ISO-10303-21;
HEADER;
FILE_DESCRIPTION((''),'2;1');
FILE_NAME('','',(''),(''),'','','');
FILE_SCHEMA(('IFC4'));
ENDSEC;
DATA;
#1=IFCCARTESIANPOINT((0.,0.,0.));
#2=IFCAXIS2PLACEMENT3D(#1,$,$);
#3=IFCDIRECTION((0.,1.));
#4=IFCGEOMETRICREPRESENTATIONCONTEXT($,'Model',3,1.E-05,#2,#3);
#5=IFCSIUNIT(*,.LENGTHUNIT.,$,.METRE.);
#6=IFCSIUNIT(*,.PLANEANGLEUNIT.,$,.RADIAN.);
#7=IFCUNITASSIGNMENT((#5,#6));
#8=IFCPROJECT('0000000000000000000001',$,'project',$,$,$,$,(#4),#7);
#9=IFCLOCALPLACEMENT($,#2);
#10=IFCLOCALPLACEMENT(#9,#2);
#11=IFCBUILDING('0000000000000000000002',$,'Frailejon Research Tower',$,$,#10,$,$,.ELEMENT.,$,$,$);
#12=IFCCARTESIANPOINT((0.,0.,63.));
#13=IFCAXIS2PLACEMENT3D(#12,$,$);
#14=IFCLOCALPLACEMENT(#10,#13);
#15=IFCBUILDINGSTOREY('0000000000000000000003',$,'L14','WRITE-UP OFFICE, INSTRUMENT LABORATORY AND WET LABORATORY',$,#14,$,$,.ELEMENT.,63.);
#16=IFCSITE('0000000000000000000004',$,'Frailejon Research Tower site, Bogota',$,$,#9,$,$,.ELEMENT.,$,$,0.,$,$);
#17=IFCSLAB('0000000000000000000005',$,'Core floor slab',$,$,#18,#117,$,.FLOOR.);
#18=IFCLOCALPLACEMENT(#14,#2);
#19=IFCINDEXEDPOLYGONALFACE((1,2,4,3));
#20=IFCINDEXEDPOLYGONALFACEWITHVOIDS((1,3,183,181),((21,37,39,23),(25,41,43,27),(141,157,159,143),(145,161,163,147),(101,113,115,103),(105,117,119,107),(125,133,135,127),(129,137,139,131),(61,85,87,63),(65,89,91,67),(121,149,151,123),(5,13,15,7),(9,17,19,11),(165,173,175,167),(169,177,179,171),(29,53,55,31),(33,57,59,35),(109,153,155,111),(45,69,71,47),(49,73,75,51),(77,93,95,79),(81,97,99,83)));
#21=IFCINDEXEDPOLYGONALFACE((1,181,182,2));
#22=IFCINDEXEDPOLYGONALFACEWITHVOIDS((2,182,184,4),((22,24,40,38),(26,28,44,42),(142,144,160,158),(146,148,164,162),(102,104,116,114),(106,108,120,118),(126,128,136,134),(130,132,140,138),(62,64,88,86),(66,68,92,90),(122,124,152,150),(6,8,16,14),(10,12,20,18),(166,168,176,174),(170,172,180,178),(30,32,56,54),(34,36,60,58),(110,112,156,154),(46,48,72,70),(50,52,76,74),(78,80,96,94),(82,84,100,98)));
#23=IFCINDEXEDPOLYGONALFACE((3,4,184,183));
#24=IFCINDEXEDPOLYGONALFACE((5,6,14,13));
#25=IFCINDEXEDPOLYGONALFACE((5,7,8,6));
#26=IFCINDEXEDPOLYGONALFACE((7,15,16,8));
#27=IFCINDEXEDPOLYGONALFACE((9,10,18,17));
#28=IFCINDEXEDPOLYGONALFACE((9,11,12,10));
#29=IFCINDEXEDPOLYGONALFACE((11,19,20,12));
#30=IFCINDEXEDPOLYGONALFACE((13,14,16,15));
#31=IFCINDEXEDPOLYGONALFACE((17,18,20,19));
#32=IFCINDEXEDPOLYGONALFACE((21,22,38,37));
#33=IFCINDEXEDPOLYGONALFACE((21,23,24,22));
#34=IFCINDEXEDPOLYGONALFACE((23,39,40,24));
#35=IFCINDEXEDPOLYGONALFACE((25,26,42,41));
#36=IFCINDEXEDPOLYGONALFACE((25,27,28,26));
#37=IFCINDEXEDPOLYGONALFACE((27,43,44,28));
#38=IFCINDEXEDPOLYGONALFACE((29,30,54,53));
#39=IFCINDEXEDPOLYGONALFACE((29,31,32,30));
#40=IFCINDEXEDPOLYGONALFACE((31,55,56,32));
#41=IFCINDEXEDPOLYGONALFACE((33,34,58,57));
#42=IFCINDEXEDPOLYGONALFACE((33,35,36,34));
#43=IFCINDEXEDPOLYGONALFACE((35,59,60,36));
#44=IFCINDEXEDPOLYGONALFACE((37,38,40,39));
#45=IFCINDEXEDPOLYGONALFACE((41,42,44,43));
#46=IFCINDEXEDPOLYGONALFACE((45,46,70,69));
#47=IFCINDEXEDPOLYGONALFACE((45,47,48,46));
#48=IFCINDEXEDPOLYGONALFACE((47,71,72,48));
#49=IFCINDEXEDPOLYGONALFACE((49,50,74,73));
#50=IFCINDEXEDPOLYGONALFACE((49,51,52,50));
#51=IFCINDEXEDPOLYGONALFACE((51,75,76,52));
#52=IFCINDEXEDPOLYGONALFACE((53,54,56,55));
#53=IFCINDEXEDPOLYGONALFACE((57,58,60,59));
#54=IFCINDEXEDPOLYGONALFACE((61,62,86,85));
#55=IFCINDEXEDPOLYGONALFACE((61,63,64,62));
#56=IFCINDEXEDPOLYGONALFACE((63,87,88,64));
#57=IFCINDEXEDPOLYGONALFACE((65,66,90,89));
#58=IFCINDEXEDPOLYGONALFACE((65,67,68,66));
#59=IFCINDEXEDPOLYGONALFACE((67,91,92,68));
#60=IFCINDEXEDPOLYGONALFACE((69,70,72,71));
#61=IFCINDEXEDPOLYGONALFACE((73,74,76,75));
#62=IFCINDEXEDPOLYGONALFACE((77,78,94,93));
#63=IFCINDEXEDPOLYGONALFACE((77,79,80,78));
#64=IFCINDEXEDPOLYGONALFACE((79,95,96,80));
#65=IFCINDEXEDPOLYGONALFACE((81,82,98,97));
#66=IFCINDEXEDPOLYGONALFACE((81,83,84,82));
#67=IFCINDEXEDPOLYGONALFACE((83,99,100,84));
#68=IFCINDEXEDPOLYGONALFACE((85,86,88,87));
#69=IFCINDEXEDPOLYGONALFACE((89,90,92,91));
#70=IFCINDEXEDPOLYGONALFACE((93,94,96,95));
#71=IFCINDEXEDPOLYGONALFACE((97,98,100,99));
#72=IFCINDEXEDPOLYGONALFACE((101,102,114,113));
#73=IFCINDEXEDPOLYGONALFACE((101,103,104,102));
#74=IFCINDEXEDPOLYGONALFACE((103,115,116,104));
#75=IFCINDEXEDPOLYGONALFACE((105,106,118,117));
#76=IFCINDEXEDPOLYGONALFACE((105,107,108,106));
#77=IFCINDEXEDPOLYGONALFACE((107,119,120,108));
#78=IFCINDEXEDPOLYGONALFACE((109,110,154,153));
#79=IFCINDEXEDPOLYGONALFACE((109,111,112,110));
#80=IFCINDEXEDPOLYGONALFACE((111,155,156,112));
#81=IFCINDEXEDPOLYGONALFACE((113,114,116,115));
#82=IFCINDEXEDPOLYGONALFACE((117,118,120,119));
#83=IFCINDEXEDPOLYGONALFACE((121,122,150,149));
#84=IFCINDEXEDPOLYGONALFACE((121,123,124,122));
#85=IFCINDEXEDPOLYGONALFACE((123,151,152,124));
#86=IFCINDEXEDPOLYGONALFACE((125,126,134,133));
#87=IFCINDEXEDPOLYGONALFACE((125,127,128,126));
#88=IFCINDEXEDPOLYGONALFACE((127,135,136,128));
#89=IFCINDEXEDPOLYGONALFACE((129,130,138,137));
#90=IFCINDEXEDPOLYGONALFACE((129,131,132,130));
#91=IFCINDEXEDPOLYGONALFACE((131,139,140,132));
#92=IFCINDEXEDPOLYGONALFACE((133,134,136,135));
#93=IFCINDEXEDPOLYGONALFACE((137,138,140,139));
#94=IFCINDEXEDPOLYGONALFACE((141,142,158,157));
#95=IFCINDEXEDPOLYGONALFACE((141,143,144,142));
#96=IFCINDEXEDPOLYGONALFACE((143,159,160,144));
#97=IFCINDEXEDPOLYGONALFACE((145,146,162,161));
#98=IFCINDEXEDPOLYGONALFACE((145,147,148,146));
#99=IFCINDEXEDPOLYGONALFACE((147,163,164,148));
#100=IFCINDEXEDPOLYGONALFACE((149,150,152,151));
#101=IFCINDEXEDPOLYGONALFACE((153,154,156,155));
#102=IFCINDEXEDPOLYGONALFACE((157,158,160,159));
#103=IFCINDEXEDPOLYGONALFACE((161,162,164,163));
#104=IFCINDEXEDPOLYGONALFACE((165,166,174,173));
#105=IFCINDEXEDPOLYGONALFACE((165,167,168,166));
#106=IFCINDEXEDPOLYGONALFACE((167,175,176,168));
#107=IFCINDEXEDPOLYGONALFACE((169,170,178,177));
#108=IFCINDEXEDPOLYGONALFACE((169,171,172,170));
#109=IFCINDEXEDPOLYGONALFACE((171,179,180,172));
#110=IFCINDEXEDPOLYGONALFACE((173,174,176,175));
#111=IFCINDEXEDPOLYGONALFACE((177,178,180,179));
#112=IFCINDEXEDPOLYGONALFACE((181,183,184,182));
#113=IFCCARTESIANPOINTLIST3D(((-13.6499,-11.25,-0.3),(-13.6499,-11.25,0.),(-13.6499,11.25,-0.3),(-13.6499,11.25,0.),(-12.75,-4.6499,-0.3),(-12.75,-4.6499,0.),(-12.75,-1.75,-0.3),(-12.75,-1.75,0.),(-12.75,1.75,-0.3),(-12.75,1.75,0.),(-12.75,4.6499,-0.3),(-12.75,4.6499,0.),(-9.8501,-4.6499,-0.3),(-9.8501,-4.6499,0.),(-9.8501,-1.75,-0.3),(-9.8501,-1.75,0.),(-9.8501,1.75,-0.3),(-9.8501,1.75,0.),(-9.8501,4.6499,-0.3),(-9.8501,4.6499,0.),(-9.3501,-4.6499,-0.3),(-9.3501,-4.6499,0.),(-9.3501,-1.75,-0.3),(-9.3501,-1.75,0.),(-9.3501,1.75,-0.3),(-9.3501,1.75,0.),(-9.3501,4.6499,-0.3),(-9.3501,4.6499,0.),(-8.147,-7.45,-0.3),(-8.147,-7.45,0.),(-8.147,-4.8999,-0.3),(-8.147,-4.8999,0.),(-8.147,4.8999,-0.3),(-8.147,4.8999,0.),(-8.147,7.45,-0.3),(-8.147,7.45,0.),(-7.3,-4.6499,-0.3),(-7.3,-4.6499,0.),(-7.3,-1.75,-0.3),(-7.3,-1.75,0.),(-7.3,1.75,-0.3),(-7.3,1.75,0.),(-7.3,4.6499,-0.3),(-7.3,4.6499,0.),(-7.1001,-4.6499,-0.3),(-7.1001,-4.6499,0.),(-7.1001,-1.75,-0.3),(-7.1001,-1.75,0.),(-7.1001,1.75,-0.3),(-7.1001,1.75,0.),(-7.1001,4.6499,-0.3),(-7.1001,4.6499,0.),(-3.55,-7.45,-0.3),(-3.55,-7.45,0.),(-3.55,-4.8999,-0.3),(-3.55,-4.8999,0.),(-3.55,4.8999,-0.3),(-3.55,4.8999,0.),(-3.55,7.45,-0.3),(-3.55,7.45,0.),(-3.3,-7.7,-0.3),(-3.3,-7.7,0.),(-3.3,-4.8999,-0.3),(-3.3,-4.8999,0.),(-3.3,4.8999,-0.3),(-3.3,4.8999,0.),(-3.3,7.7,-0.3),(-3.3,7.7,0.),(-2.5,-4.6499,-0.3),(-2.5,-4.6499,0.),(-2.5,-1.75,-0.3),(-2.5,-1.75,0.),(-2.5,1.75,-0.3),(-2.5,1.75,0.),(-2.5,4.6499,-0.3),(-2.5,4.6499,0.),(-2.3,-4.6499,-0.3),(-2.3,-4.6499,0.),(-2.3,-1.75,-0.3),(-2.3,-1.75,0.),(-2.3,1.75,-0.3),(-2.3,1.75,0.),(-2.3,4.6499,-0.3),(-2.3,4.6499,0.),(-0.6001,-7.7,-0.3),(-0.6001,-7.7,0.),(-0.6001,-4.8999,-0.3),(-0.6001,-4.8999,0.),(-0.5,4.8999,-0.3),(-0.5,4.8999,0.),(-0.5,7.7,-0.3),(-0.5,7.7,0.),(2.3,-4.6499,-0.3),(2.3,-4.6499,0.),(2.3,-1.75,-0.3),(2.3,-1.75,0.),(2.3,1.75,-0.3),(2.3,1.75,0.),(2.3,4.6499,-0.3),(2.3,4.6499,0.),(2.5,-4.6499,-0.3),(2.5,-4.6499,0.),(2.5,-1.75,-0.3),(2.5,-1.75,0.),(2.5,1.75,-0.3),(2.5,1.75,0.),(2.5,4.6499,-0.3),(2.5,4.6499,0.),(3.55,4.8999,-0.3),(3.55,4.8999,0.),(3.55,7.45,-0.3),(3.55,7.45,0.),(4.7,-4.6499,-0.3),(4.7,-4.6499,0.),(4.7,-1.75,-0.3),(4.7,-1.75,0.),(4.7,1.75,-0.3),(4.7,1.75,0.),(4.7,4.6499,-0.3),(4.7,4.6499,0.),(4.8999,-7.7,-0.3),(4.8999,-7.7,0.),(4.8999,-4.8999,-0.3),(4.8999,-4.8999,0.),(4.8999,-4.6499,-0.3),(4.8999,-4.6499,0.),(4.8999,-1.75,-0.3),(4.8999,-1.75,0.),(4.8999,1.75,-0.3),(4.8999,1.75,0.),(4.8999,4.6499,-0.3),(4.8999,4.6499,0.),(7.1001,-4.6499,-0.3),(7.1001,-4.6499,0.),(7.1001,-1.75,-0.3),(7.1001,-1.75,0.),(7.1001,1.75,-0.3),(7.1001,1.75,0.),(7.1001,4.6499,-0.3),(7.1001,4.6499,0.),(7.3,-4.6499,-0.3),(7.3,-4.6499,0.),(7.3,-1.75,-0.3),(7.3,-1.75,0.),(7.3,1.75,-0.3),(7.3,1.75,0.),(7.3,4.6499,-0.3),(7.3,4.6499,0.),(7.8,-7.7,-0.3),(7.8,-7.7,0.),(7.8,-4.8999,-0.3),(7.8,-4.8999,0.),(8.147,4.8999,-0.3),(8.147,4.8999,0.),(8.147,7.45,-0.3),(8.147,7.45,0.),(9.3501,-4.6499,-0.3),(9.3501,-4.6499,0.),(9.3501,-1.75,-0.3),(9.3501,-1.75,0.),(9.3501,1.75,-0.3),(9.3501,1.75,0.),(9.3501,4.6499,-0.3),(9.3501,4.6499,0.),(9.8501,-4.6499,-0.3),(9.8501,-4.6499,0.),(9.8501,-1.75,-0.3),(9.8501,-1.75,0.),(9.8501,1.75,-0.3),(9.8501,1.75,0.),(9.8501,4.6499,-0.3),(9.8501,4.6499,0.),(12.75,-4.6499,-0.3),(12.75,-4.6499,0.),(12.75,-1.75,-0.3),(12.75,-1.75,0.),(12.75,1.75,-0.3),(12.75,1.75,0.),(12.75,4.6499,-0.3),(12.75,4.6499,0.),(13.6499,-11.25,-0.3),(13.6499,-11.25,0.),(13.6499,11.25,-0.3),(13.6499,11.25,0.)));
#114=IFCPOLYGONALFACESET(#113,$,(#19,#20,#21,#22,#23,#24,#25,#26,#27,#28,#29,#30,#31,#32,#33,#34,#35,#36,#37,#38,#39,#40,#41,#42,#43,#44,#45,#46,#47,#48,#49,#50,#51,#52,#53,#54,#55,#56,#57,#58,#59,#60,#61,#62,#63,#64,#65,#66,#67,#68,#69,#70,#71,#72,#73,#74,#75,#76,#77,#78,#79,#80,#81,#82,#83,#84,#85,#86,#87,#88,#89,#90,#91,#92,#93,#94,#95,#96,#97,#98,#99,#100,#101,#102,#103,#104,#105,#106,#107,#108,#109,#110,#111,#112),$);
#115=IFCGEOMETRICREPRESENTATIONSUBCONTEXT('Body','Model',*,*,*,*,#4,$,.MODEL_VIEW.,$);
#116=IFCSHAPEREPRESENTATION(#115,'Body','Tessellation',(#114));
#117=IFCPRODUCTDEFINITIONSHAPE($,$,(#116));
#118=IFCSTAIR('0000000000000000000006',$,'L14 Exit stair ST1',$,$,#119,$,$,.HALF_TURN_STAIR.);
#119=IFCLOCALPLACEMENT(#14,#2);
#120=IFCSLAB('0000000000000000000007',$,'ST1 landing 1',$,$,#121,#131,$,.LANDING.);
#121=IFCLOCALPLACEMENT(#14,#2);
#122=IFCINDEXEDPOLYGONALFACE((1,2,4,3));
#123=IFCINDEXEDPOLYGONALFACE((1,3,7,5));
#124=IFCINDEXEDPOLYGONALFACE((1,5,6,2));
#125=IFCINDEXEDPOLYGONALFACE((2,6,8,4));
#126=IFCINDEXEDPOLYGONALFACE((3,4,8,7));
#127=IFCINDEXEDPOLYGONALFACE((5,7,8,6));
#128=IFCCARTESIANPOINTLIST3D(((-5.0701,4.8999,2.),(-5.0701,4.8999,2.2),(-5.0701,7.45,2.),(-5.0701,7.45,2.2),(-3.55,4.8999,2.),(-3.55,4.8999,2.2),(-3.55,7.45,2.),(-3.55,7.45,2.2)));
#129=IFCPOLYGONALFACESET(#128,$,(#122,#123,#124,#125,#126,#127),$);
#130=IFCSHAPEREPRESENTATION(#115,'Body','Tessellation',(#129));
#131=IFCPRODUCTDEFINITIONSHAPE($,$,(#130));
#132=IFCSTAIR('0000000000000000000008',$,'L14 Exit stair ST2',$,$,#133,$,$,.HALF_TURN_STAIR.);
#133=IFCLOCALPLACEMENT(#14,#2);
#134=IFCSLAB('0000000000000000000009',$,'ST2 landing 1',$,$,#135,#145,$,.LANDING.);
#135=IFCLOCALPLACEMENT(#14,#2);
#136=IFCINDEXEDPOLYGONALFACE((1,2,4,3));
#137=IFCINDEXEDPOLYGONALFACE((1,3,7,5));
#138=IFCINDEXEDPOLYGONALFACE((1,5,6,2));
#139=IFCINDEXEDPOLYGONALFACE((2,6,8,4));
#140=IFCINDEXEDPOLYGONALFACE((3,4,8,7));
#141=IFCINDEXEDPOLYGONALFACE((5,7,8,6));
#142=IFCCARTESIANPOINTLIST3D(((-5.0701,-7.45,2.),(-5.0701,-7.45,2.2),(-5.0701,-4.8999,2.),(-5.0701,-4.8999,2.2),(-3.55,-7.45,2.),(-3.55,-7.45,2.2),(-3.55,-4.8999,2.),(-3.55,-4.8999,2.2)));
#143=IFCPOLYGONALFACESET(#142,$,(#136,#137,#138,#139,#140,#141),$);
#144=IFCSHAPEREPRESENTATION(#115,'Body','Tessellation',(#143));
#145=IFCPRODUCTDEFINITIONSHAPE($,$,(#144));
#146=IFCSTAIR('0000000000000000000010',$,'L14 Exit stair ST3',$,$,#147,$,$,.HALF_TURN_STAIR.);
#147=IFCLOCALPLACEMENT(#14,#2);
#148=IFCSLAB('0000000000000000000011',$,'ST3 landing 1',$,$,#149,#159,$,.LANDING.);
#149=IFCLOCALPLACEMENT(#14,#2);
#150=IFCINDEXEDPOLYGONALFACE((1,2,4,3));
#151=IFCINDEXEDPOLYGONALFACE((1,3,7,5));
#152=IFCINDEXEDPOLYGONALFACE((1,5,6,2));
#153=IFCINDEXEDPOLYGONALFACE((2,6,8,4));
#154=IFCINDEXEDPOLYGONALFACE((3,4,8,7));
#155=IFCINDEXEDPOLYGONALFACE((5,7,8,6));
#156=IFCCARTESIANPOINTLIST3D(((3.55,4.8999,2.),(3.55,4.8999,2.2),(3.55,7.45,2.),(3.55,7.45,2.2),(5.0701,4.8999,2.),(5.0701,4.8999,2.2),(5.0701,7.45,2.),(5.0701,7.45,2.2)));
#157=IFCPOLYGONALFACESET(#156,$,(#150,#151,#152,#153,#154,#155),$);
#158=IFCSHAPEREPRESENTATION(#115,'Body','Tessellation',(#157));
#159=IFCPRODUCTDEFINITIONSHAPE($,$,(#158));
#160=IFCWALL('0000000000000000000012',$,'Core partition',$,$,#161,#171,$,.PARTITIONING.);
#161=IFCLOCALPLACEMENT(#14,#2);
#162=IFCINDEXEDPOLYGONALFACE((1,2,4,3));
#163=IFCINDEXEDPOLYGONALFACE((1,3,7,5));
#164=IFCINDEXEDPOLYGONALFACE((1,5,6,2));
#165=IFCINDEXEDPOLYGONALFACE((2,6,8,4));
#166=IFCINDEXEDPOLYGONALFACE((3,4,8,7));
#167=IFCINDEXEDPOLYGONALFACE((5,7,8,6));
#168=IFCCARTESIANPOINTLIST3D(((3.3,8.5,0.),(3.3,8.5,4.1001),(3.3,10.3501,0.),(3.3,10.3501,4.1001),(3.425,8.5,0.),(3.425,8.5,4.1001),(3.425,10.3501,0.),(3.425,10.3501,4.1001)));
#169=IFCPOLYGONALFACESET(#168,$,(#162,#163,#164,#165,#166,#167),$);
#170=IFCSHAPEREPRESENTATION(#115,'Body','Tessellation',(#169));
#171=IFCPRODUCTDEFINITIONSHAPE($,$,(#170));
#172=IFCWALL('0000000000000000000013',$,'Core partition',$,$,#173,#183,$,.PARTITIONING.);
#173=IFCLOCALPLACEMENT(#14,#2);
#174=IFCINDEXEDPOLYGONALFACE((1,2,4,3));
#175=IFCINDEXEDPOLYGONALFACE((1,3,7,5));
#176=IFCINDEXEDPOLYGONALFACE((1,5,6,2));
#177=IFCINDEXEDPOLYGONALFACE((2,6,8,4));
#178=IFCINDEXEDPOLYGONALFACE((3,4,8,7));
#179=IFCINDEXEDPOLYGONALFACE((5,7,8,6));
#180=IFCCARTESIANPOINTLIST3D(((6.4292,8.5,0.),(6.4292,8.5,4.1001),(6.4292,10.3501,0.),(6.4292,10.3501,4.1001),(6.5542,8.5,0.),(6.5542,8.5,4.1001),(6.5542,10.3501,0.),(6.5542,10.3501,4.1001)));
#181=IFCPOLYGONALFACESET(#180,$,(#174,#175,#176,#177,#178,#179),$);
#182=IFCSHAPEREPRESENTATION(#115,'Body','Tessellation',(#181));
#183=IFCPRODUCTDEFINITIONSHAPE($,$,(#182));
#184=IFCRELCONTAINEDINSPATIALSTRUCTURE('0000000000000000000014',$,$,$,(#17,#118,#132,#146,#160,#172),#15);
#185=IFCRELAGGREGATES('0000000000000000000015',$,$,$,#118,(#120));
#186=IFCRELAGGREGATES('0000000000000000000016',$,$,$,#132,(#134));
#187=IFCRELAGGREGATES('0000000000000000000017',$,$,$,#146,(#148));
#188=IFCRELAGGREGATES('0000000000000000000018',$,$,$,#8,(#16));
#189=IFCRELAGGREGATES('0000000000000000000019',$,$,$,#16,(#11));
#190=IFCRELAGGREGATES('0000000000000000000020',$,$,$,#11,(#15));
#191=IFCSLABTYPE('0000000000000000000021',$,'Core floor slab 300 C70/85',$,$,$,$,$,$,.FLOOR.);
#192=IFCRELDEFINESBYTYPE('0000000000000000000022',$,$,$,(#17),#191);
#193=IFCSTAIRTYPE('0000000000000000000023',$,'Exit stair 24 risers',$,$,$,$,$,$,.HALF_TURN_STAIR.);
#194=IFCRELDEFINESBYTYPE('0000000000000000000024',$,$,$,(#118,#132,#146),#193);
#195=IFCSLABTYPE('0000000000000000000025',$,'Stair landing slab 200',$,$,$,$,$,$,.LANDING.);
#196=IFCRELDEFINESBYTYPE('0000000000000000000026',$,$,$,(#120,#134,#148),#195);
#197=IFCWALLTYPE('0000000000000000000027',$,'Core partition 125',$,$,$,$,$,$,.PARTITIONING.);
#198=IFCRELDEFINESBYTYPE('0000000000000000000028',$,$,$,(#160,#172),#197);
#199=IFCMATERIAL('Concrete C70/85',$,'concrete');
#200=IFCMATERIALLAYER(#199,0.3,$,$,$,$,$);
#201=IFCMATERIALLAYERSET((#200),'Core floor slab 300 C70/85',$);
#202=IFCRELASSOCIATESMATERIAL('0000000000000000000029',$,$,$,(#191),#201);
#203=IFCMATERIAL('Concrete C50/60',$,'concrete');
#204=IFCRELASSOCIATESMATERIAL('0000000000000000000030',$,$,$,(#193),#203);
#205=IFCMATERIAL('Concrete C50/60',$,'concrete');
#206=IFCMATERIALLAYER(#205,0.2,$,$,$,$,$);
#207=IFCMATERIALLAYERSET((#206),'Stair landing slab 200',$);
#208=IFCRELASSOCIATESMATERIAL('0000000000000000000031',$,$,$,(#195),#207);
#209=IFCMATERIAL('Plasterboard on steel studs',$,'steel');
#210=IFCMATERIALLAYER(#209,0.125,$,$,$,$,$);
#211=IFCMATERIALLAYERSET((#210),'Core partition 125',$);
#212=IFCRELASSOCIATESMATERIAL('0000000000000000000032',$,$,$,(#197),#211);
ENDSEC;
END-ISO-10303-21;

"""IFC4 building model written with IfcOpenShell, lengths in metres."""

from ifc_helpers import new_model, si_unit, direction, frame, frame_2d, origin, place, context, subcontext, project, spatial, polyline, rectangle, outline, extrude, material, layer, layer_set, type_object, element, aggregate, save


model = new_model("IFC4")

# Units and contexts
model_context = context("Model", 3, precision=1e-05, world=origin(), true_north=direction((0.0, 1.0)))
body_context = subcontext(model_context, "Body", "Model", "MODEL_VIEW")
ifc_project = project(units=[si_unit("LENGTHUNIT", "METRE"), si_unit("PLANEANGLEUNIT", "RADIAN")], contexts=[model_context])

# Site, building, storey
site_placement = place(None, origin())
site = spatial("IfcSite", under=ifc_project, at=site_placement, Name="Frailejon Research Tower site, Bogota", CompositionType="ELEMENT", RefElevation=0.0)
building_placement = place(site_placement, origin())
building = spatial("IfcBuilding", under=site, at=building_placement, Name="Frailejon Research Tower", CompositionType="ELEMENT")
storey_placement = place(building_placement, frame((0.0, 0.0, 63.0)))
storey = spatial("IfcBuildingStorey", under=building, at=storey_placement, Name="L14", Description="WRITE-UP OFFICE, INSTRUMENT LABORATORY AND WET LABORATORY", CompositionType="ELEMENT", Elevation=63.0)

# Slab
ifc_material_1 = material(Name="Concrete C70/85", Category="concrete")
ifc_layer_1 = layer(ifc_material_1, 0.3)
ifc_layer_set_1 = layer_set([ifc_layer_1], Name="Core floor slab 300 C70/85")
slab_type_1 = type_object("IfcSlabType", Name="Core floor slab 300 C70/85", PredefinedType="FLOOR", material=ifc_layer_set_1)
slab_1_placement = place(storey_placement, frame((0.0, 0.0, -0.3)))
element("IfcSlab", 1, at=slab_1_placement, inside=storey, type_object=slab_type_1, Name="Core floor slab", PredefinedType="FLOOR", context=body_context, shape_type="SweptSolid", body=[
    extrude(outline(polyline([(13.6499, -11.25), (13.6499, 11.25), (-13.6499, 11.25), (-13.6499, -11.25), (13.6499, -11.25)]), holes=[polyline([(-9.8501, 1.75), (-9.8501, 4.6499), (-12.75, 4.6499), (-12.75, 1.75), (-9.8501, 1.75)]), polyline([(-7.3, 1.75), (-7.3, 4.6499), (-9.3501, 4.6499), (-9.3501, 1.75), (-7.3, 1.75)]), polyline([(-2.5, 1.75), (-2.5, 4.6499), (-7.1001, 4.6499), (-7.1001, 1.75), (-2.5, 1.75)]), polyline([(2.3, 1.75), (2.3, 4.6499), (-2.3, 4.6499), (-2.3, 1.75), (2.3, 1.75)]), polyline([(4.7, 1.75), (4.7, 4.6499), (2.5, 4.6499), (2.5, 1.75), (4.7, 1.75)]), polyline([(7.1001, 1.75), (7.1001, 4.6499), (4.8999, 4.6499), (4.8999, 1.75), (7.1001, 1.75)]), polyline([(9.3501, 1.75), (9.3501, 4.6499), (7.3, 4.6499), (7.3, 1.75), (9.3501, 1.75)]), polyline([(12.75, 1.75), (12.75, 4.6499), (9.8501, 4.6499), (9.8501, 1.75), (12.75, 1.75)]), polyline([(-9.8501, -4.6499), (-9.8501, -1.75), (-12.75, -1.75), (-12.75, -4.6499), (-9.8501, -4.6499)]), polyline([(-7.3, -4.6499), (-7.3, -1.75), (-9.3501, -1.75), (-9.3501, -4.6499), (-7.3, -4.6499)]), polyline([(-2.5, -4.6499), (-2.5, -1.75), (-7.1001, -1.75), (-7.1001, -4.6499), (-2.5, -4.6499)]), polyline([(2.3, -4.6499), (2.3, -1.75), (-2.3, -1.75), (-2.3, -4.6499), (2.3, -4.6499)]), polyline([(4.7, -4.6499), (4.7, -1.75), (2.5, -1.75), (2.5, -4.6499), (4.7, -4.6499)]), polyline([(7.1001, -4.6499), (7.1001, -1.75), (4.8999, -1.75), (4.8999, -4.6499), (7.1001, -4.6499)]), polyline([(9.3501, -4.6499), (9.3501, -1.75), (7.3, -1.75), (7.3, -4.6499), (9.3501, -4.6499)]), polyline([(12.75, -4.6499), (12.75, -1.75), (9.8501, -1.75), (9.8501, -4.6499), (12.75, -4.6499)]), polyline([(-8.147, 4.8999), (-3.55, 4.8999), (-3.55, 7.45), (-8.147, 7.45), (-8.147, 4.8999)]), polyline([(-8.147, -7.45), (-3.55, -7.45), (-3.55, -4.8999), (-8.147, -4.8999), (-8.147, -7.45)]), polyline([(8.147, 7.45), (3.55, 7.45), (3.55, 4.8999), (8.147, 4.8999), (8.147, 7.45)]), polyline([(-0.6001, -7.7), (-0.6001, -4.8999), (-3.3, -4.8999), (-3.3, -7.7), (-0.6001, -7.7)]), polyline([(7.8, -7.7), (7.8, -4.8999), (4.8999, -4.8999), (4.8999, -7.7), (7.8, -7.7)]), polyline([(-0.5, 4.8999), (-0.5, 7.7), (-3.3, 7.7), (-3.3, 4.8999), (-0.5, 4.8999)])]), origin(), (0.0, 0.0, 1.0), 0.3),
])

# Stairs, slabs
ifc_material_2 = material(Name="Concrete C50/60", Category="concrete")
stair_type = type_object("IfcStairType", Name="Exit stair 24 risers", PredefinedType="HALF_TURN_STAIR", material=ifc_material_2)
stair_1_placement = place(storey_placement, origin())
stair_1 = element("IfcStair", 2, at=stair_1_placement, inside=storey, type_object=stair_type, Name="L14 Exit stair ST1", PredefinedType="HALF_TURN_STAIR")
ifc_material_3 = material(Name="Concrete C50/60", Category="concrete")
ifc_layer_2 = layer(ifc_material_3, 0.2)
ifc_layer_set_2 = layer_set([ifc_layer_2], Name="Stair landing slab 200")
slab_type_2 = type_object("IfcSlabType", Name="Stair landing slab 200", PredefinedType="LANDING", material=ifc_layer_set_2)
slab_2_placement = place(storey_placement, frame((0.0, 0.0, 2.0)))
slab_2 = element("IfcSlab", 3, at=slab_2_placement, type_object=slab_type_2, Name="ST1 landing 1", PredefinedType="LANDING", context=body_context, shape_type="SweptSolid", body=[
    extrude(outline(polyline([(-5.0701, 4.8999), (-3.55, 4.8999), (-3.55, 7.45), (-5.0701, 7.45), (-5.0701, 4.8999)])), origin(), (0.0, 0.0, 1.0), 0.2),
])
aggregate(stair_1, [slab_2])
stair_2_placement = place(storey_placement, origin())
stair_2 = element("IfcStair", 4, at=stair_2_placement, inside=storey, type_object=stair_type, Name="L14 Exit stair ST2", PredefinedType="HALF_TURN_STAIR")
slab_3_placement = place(storey_placement, frame((0.0, 0.0, 2.0)))
slab_3 = element("IfcSlab", 5, at=slab_3_placement, type_object=slab_type_2, Name="ST2 landing 1", PredefinedType="LANDING", context=body_context, shape_type="SweptSolid", body=[
    extrude(outline(polyline([(-5.0701, -7.45), (-3.55, -7.45), (-3.55, -4.8999), (-5.0701, -4.8999), (-5.0701, -7.45)])), origin(), (0.0, 0.0, 1.0), 0.2),
])
aggregate(stair_2, [slab_3])
stair_3_placement = place(storey_placement, origin())
stair_3 = element("IfcStair", 6, at=stair_3_placement, inside=storey, type_object=stair_type, Name="L14 Exit stair ST3", PredefinedType="HALF_TURN_STAIR")
slab_4_placement = place(storey_placement, frame((0.0, 0.0, 2.0)))
slab_4 = element("IfcSlab", 7, at=slab_4_placement, type_object=slab_type_2, Name="ST3 landing 1", PredefinedType="LANDING", context=body_context, shape_type="SweptSolid", body=[
    extrude(outline(polyline([(5.0701, 7.45), (3.55, 7.45), (3.55, 4.8999), (5.0701, 4.8999), (5.0701, 7.45)])), origin(), (0.0, 0.0, 1.0), 0.2),
])

# Walls
ifc_material_4 = material(Name="Plasterboard on steel studs", Category="steel")
ifc_layer_3 = layer(ifc_material_4, 0.125)
ifc_layer_set_3 = layer_set([ifc_layer_3], Name="Core partition 125")
wall_type_1 = type_object("IfcWallType", Name="Core partition 125", PredefinedType="PARTITIONING", material=ifc_layer_set_3)
for number, where, z_axis, x_axis, name in (
    (8, (3.3625, 8.5, 0.0), (0.0, 0.0, 1.0), (0.0, 1.0, 0.0), "Core partition"),
    (9, (6.4917, 8.5, 0.0), (0.0, 0.0, 1.0), (0.0, 1.0, 0.0), "Core partition"),
):
    element("IfcWall", number, at=place(storey_placement, frame(where, z_axis=z_axis, x_axis=x_axis)), inside=storey, type_object=wall_type_1, Name=name, PredefinedType="PARTITIONING", context=body_context, shape_type="SweptSolid", body=[
        extrude(rectangle(XDim=1.8501, YDim=0.125, at=frame_2d((0.925, 0.0))), origin(), (0.0, 0.0, 1.0), 4.1001),
    ])

aggregate(stair_3, [slab_4])

save(model, "model.ifc")
